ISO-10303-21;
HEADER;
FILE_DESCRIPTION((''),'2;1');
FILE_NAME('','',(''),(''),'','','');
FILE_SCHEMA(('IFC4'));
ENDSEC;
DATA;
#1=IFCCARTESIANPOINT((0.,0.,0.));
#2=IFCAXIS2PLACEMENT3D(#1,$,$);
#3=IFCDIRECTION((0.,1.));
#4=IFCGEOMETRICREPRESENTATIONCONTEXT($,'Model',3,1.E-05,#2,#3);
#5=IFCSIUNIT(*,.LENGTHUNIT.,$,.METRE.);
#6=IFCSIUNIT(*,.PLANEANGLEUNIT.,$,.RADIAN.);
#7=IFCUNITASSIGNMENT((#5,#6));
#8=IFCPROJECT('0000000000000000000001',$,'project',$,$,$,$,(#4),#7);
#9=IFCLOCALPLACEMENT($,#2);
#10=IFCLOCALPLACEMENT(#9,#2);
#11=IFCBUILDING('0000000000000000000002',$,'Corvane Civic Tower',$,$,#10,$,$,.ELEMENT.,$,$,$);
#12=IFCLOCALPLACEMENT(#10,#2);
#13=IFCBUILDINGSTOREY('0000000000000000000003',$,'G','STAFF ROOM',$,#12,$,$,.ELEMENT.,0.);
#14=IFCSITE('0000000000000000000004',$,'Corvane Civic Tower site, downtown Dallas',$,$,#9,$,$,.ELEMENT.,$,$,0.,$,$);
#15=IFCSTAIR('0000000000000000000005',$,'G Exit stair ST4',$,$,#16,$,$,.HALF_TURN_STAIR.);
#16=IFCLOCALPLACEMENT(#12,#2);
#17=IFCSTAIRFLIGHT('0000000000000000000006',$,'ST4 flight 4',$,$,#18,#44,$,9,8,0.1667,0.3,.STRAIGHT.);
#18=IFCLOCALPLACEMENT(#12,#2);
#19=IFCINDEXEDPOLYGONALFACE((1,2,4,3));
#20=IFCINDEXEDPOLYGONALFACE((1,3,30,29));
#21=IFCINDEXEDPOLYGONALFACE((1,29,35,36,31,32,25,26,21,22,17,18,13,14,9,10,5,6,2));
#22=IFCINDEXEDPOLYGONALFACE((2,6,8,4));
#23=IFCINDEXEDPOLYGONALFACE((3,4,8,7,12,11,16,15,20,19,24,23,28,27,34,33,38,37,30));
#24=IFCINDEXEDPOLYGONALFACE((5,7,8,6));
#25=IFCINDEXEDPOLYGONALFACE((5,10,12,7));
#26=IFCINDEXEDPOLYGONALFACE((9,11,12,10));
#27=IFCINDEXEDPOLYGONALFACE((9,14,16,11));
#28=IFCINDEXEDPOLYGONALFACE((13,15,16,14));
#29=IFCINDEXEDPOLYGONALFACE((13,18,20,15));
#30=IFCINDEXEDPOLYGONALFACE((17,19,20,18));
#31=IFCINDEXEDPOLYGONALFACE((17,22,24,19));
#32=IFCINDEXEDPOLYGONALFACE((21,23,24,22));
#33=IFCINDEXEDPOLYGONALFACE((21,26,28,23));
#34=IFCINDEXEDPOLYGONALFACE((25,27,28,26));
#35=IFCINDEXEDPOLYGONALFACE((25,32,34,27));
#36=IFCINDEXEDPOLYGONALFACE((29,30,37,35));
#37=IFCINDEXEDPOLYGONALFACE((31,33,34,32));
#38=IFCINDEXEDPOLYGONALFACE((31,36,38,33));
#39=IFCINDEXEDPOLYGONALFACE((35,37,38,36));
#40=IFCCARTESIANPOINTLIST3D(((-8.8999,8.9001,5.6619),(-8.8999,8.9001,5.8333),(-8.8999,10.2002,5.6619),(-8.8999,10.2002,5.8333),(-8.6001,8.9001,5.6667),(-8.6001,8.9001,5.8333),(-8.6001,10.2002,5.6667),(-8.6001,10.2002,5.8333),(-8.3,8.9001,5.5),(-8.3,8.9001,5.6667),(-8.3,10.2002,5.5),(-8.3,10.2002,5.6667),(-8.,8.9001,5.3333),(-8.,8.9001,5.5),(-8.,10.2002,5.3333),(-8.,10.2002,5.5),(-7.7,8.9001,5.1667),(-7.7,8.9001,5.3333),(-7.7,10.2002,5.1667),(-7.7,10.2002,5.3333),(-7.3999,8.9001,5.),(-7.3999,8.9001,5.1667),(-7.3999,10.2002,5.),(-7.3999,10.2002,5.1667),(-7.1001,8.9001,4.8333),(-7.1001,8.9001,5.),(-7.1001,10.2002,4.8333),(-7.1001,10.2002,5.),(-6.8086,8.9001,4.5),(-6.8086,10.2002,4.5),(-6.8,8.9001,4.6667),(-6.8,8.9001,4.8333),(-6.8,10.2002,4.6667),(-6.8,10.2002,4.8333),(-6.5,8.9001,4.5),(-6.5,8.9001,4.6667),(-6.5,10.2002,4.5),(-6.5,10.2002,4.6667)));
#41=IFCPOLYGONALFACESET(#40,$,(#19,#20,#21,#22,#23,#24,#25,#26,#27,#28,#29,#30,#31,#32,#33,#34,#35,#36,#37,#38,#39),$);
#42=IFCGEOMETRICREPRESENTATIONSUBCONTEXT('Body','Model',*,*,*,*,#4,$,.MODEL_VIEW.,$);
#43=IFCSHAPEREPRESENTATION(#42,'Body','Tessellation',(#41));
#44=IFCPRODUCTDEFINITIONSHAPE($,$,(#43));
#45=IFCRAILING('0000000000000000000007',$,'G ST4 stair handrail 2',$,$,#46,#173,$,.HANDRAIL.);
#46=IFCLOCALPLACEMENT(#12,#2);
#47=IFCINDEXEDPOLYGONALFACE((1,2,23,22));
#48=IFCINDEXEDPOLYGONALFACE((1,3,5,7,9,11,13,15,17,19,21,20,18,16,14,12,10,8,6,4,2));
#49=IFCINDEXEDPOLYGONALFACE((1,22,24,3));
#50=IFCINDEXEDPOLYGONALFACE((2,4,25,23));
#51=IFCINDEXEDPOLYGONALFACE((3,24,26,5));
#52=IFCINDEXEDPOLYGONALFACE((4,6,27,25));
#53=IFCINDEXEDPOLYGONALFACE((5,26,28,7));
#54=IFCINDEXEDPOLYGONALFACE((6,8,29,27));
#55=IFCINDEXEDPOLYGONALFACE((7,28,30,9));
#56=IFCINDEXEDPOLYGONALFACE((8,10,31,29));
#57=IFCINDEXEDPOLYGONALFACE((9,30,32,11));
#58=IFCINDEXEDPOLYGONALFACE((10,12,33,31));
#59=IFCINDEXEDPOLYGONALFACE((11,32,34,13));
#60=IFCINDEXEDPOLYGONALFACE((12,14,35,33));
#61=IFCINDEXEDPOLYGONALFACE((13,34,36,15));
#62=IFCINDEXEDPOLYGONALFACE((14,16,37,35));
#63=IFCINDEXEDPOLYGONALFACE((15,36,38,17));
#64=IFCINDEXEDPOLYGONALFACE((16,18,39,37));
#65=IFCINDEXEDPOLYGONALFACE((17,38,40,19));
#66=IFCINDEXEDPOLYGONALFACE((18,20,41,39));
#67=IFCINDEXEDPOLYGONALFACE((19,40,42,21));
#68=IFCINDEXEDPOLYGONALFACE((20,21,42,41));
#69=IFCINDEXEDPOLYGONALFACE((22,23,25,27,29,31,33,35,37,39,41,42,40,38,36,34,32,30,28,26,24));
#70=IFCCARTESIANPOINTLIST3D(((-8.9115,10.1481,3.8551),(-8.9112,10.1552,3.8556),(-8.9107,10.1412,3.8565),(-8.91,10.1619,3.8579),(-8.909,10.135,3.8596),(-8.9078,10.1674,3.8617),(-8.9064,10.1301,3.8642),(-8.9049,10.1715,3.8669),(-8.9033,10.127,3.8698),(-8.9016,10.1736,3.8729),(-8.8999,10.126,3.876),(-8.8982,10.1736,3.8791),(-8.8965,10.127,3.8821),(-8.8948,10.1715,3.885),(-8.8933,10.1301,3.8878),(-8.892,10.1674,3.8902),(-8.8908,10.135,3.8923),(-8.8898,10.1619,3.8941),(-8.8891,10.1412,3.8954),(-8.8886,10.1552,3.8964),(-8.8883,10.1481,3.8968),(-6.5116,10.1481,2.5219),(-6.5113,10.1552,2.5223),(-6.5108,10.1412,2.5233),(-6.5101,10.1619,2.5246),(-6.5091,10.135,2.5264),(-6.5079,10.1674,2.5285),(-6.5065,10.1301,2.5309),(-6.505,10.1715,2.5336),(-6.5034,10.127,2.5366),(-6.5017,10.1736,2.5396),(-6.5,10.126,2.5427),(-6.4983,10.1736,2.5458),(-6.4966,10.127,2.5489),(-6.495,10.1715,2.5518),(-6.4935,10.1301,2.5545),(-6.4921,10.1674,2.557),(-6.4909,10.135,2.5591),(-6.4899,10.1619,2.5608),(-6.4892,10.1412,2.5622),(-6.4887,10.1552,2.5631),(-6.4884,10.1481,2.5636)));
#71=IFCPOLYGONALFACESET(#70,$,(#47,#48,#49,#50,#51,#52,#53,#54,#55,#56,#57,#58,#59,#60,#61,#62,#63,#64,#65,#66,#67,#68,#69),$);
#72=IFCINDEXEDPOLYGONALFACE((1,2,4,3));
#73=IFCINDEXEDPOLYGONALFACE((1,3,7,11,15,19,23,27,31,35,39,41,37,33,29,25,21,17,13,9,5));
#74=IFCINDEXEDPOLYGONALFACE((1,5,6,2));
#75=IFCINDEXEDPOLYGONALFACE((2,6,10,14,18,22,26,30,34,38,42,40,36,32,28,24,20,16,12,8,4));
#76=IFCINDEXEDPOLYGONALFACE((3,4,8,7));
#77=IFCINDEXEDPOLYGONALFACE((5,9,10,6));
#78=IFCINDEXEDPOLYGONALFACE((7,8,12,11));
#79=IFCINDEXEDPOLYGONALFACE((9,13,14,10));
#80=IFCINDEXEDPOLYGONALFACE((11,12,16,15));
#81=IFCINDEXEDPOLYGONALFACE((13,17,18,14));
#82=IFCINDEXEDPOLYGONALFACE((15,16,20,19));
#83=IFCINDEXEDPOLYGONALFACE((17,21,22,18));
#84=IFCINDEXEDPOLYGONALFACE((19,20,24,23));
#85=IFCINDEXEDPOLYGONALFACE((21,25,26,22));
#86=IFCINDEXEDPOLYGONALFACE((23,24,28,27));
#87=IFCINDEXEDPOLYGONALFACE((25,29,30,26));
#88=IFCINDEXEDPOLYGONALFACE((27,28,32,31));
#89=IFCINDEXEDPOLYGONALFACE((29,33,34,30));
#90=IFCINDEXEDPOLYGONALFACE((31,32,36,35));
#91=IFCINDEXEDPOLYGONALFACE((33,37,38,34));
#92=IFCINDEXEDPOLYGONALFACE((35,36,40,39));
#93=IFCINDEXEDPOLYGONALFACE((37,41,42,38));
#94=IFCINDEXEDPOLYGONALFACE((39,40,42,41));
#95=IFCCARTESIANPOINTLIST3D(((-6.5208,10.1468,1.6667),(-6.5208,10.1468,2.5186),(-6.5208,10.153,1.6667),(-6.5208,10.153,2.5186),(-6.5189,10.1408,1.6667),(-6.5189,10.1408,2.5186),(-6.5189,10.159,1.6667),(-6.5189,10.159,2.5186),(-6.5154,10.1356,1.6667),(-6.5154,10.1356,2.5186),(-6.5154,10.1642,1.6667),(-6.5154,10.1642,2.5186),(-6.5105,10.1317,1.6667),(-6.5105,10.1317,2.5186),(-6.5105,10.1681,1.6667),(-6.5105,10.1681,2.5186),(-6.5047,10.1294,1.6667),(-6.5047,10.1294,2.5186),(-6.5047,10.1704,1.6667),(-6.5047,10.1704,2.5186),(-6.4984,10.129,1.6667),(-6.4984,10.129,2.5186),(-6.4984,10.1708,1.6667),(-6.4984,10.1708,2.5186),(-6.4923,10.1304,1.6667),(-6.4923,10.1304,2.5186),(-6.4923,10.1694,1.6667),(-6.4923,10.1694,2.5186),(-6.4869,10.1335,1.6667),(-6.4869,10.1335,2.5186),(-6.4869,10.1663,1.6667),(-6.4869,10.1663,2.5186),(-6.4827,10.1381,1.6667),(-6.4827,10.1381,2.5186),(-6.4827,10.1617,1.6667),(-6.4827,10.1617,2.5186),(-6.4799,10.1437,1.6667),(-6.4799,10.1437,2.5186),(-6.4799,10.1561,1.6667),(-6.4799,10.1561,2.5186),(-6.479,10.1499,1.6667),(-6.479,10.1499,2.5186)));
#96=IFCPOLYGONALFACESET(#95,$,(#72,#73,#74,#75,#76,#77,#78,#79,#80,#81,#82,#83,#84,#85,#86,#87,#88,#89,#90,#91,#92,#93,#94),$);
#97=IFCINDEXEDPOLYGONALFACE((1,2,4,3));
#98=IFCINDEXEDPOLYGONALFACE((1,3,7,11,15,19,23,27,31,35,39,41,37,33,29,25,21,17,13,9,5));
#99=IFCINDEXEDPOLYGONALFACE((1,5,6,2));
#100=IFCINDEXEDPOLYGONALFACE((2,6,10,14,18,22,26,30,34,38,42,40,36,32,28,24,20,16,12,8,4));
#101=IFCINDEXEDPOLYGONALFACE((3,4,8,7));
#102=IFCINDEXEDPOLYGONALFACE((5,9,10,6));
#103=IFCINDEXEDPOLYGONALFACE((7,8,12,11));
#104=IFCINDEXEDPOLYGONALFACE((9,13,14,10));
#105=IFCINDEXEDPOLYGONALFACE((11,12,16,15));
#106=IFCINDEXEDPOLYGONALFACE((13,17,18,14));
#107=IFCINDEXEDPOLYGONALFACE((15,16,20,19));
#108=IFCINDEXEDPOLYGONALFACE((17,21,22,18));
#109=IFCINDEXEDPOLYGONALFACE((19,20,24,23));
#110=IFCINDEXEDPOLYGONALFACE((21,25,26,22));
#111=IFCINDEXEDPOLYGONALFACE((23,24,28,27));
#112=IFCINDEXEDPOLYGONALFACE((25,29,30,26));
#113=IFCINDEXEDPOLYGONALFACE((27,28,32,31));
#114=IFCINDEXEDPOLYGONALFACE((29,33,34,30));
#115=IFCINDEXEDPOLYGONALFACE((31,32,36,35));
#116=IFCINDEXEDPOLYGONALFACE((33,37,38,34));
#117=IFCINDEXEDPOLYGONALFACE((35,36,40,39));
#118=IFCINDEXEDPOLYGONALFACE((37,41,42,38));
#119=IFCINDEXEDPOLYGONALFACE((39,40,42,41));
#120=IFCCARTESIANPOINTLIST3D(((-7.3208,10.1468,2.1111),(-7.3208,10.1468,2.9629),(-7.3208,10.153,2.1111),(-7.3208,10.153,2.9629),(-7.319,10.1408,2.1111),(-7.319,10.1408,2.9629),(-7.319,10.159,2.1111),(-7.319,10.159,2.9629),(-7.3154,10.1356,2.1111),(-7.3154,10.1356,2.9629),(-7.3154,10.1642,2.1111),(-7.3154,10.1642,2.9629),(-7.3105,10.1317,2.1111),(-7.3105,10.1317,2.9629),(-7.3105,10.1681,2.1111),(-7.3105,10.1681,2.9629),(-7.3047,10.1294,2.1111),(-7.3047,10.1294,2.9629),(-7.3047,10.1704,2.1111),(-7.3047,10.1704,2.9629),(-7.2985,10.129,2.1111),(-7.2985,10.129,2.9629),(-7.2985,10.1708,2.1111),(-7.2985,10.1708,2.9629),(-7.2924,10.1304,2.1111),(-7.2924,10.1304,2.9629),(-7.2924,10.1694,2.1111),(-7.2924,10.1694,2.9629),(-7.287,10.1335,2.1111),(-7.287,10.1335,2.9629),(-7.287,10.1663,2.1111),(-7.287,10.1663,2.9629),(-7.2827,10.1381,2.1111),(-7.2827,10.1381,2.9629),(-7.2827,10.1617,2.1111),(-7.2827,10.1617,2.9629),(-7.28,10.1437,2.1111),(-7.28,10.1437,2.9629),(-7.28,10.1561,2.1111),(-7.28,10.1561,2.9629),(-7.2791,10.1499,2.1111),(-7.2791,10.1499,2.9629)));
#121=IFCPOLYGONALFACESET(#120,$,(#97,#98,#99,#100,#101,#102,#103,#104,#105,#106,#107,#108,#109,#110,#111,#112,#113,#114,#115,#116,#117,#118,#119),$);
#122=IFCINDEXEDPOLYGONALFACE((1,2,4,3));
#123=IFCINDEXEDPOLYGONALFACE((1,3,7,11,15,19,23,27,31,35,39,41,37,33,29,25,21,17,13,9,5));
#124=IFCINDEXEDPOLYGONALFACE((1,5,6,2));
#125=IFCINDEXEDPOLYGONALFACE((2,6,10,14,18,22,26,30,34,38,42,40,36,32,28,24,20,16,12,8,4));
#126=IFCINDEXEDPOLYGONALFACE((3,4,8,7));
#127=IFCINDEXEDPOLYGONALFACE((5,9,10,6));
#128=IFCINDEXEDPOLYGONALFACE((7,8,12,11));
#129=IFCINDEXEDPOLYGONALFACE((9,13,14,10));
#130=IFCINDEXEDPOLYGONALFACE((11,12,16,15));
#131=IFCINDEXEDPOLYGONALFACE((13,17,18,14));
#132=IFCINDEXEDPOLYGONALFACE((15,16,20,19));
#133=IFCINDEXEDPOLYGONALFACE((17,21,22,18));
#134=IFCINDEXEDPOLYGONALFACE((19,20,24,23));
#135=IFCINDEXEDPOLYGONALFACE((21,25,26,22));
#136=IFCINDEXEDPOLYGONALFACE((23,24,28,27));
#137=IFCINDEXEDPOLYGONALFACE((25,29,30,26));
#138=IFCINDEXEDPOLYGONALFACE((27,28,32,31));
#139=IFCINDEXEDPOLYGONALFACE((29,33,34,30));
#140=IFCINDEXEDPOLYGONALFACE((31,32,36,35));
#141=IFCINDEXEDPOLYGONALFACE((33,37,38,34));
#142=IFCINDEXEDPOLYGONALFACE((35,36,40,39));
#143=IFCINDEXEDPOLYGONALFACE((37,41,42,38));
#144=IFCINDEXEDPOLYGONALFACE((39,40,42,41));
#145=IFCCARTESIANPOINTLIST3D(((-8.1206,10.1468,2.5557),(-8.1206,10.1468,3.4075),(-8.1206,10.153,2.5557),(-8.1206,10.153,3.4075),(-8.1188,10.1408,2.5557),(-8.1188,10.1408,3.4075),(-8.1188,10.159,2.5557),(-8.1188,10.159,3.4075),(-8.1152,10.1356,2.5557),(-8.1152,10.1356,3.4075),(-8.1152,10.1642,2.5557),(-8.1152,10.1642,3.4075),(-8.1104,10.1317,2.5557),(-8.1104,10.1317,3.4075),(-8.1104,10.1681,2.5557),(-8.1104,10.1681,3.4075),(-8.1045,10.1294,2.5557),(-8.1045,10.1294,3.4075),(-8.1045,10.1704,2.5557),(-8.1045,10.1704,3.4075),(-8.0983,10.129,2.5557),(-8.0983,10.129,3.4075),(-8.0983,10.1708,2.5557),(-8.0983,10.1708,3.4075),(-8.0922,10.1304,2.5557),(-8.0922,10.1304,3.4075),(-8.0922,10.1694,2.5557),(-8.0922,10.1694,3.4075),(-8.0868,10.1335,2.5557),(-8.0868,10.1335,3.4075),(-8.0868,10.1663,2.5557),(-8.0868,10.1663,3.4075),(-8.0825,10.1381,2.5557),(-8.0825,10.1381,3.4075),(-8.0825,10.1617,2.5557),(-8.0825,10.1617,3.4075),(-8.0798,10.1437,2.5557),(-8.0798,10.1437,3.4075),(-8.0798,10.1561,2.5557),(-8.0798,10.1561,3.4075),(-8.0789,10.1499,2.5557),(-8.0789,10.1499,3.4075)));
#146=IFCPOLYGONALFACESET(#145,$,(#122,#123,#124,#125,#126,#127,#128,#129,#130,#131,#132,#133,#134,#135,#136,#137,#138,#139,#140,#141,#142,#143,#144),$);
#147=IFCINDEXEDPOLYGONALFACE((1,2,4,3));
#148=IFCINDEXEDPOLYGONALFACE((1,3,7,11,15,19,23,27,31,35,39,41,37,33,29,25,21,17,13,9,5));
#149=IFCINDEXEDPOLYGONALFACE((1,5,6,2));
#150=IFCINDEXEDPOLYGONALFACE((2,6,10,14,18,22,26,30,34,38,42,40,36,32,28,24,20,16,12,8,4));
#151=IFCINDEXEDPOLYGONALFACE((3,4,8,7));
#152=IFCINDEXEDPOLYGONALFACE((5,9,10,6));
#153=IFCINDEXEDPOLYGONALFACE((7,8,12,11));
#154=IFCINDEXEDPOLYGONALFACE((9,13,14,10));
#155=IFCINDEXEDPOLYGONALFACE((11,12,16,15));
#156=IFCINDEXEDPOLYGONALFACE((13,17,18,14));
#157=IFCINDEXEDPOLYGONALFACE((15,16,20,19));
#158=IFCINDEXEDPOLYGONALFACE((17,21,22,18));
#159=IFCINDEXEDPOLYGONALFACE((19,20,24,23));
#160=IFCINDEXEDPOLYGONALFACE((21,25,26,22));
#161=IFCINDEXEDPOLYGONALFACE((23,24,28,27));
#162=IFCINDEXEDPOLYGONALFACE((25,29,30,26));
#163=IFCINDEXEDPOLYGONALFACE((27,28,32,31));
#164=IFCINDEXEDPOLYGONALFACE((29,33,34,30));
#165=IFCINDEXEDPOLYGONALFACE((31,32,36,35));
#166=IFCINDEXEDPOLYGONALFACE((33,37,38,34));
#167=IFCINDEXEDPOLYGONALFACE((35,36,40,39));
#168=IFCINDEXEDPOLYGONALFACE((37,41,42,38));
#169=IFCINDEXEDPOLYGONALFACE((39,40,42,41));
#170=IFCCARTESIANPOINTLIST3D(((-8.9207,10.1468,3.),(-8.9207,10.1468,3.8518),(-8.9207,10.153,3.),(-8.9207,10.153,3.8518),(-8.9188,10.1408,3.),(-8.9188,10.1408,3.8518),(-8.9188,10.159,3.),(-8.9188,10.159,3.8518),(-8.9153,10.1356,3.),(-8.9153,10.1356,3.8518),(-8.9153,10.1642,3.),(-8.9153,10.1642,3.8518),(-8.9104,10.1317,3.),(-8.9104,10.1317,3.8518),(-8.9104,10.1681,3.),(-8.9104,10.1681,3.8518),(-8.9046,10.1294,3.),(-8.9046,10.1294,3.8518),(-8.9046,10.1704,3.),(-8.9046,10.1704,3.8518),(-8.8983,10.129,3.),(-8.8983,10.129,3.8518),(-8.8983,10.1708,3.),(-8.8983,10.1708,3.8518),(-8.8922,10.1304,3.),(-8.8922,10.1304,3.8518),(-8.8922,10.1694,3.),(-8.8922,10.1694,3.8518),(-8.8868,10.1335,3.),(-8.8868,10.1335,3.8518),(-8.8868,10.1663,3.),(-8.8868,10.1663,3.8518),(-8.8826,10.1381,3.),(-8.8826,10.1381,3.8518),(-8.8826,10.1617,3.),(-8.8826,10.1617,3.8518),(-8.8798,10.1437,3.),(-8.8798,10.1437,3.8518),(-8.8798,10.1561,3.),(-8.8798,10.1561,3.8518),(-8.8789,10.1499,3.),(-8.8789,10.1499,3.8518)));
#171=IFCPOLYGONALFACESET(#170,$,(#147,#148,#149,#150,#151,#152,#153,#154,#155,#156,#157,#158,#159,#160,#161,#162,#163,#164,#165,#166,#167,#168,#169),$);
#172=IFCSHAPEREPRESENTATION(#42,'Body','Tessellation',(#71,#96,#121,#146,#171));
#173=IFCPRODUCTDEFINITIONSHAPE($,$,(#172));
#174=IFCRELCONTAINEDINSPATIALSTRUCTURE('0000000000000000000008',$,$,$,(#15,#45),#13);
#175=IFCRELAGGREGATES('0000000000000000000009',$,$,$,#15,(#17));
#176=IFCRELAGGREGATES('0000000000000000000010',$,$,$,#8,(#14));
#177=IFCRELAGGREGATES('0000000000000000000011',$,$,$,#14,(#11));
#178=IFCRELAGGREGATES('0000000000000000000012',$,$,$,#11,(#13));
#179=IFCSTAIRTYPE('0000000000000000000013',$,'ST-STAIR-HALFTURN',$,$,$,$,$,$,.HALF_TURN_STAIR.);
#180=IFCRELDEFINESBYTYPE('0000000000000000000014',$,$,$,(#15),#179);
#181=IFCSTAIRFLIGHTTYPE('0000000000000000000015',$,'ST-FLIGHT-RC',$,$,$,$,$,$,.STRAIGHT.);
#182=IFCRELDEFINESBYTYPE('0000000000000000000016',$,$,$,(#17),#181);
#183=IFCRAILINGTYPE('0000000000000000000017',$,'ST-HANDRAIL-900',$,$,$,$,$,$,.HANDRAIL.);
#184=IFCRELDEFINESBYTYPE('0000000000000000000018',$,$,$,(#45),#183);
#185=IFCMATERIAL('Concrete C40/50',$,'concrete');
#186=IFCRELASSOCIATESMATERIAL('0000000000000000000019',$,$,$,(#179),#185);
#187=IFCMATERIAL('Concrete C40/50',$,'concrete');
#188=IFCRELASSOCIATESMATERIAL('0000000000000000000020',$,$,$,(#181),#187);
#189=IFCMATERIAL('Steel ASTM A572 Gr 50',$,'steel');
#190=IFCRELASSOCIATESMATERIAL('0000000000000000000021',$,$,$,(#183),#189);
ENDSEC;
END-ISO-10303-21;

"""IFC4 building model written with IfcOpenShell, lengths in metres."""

from ifc_helpers import new_model, si_unit, direction, frame, origin, origin_2d, place, context, subcontext, project, spatial, polyline, circle, outline, extrude, material, type_object, element, aggregate, save


model = new_model("IFC4")

# Units and contexts
model_context = context("Model", 3, precision=1e-05, world=origin(), true_north=direction((0.0, 1.0)))
body_context = subcontext(model_context, "Body", "Model", "MODEL_VIEW")
ifc_project = project(units=[si_unit("LENGTHUNIT", "METRE"), si_unit("PLANEANGLEUNIT", "RADIAN")], contexts=[model_context])

# Site, building, storey
site_placement = place(None, origin())
site = spatial("IfcSite", under=ifc_project, at=site_placement, Name="Corvane Civic Tower site, downtown Dallas", CompositionType="ELEMENT", RefElevation=0.0)
building_placement = place(site_placement, origin())
building = spatial("IfcBuilding", under=site, at=building_placement, Name="Corvane Civic Tower", CompositionType="ELEMENT")
storey_placement = place(building_placement, origin())
storey = spatial("IfcBuildingStorey", under=building, at=storey_placement, Name="G", Description="STAFF ROOM", CompositionType="ELEMENT", Elevation=0.0)

# Stair, stair flight
ifc_material_1 = material(Name="Concrete C40/50", Category="concrete")
stair_type_1 = type_object("IfcStairType", Name="ST-STAIR-HALFTURN", PredefinedType="HALF_TURN_STAIR", material=ifc_material_1)
stair_1_placement = place(storey_placement, origin())
stair_1 = element("IfcStair", 1, at=stair_1_placement, inside=storey, type_object=stair_type_1, Name="G Exit stair ST4", PredefinedType="HALF_TURN_STAIR")
ifc_material_2 = material(Name="Concrete C40/50", Category="concrete")
stair_flight_type = type_object("IfcStairFlightType", Name="ST-FLIGHT-RC", PredefinedType="STRAIGHT", material=ifc_material_2)
stair_flight_placement = place(storey_placement, frame((-6.5, 9.55, 4.5), z_axis=(0.0, 0.0, 1.0), x_axis=(-1.0, 0.0, 0.0)))
stair_flight = element("IfcStairFlight", 2, at=stair_flight_placement, type_object=stair_flight_type, Name="ST4 flight 4", NumberOfRisers=9, NumberOfTreads=8, PredefinedType="STRAIGHT", RiserHeight=0.1667, TreadLength=0.3, context=body_context, shape_type="SweptSolid", body=[
    extrude(outline(polyline([(0.0, 0.0), (0.0, 0.1667), (0.3, 0.1667), (0.3, 0.3333), (0.6001, 0.3333), (0.6001, 0.5), (0.8999, 0.5), (0.8999, 0.6667), (1.2, 0.6667), (1.2, 0.8333), (1.5, 0.8333), (1.5, 1.0), (1.8, 1.0), (1.8, 1.1667), (2.1001, 1.1667), (2.1001, 1.3333), (2.3999, 1.3333), (2.3999, 1.5), (2.3999, 1.1619), (0.3086, 0.0), (0.0, 0.0)])), frame((0.0, 0.6499, 0.0), z_axis=(0.0, -1.0, 0.0), x_axis=(1.0, 0.0, 0.0)), (0.0, 0.0, 1.0), 1.3),
])
aggregate(stair_1, [stair_flight])

# Railing
ifc_material_3 = material(Name="Steel ASTM A572 Gr 50", Category="steel")
railing_type = type_object("IfcRailingType", Name="ST-HANDRAIL-900", PredefinedType="HANDRAIL", material=ifc_material_3)
for number, where, name in (
    (3, (-6.5, 10.1499, 1.6667), "G ST4 stair handrail 2"),
):
    element("IfcRailing", number, at=place(storey_placement, frame(where)), inside=storey, type_object=railing_type, Name=name, PredefinedType="HANDRAIL", context=body_context, shape_type="SweptSolid", body=[
        extrude(circle(Radius=0.0239, at=origin_2d()), frame((0.0, 0.0, 0.876), z_axis=(-0.874161, 0.0, 0.485635), x_axis=(0.0, -1.0, 0.0)), (0.0, 0.0, 1.0), 2.7454),
        extrude(circle(Radius=0.021, at=origin_2d()), origin(), (0.0, 0.0, 1.0), 0.8518),
        extrude(circle(Radius=0.021, at=origin_2d()), frame((-0.8, 0.0, 0.4443)), (0.0, 0.0, 1.0), 0.8518),
        extrude(circle(Radius=0.021, at=origin_2d()), frame((-1.5999, 0.0, 0.8889)), (0.0, 0.0, 1.0), 0.8518),
        extrude(circle(Radius=0.021, at=origin_2d()), frame((-2.3999, 0.0, 1.3333)), (0.0, 0.0, 1.0), 0.8518),
    ])

save(model, "model.ifc")
